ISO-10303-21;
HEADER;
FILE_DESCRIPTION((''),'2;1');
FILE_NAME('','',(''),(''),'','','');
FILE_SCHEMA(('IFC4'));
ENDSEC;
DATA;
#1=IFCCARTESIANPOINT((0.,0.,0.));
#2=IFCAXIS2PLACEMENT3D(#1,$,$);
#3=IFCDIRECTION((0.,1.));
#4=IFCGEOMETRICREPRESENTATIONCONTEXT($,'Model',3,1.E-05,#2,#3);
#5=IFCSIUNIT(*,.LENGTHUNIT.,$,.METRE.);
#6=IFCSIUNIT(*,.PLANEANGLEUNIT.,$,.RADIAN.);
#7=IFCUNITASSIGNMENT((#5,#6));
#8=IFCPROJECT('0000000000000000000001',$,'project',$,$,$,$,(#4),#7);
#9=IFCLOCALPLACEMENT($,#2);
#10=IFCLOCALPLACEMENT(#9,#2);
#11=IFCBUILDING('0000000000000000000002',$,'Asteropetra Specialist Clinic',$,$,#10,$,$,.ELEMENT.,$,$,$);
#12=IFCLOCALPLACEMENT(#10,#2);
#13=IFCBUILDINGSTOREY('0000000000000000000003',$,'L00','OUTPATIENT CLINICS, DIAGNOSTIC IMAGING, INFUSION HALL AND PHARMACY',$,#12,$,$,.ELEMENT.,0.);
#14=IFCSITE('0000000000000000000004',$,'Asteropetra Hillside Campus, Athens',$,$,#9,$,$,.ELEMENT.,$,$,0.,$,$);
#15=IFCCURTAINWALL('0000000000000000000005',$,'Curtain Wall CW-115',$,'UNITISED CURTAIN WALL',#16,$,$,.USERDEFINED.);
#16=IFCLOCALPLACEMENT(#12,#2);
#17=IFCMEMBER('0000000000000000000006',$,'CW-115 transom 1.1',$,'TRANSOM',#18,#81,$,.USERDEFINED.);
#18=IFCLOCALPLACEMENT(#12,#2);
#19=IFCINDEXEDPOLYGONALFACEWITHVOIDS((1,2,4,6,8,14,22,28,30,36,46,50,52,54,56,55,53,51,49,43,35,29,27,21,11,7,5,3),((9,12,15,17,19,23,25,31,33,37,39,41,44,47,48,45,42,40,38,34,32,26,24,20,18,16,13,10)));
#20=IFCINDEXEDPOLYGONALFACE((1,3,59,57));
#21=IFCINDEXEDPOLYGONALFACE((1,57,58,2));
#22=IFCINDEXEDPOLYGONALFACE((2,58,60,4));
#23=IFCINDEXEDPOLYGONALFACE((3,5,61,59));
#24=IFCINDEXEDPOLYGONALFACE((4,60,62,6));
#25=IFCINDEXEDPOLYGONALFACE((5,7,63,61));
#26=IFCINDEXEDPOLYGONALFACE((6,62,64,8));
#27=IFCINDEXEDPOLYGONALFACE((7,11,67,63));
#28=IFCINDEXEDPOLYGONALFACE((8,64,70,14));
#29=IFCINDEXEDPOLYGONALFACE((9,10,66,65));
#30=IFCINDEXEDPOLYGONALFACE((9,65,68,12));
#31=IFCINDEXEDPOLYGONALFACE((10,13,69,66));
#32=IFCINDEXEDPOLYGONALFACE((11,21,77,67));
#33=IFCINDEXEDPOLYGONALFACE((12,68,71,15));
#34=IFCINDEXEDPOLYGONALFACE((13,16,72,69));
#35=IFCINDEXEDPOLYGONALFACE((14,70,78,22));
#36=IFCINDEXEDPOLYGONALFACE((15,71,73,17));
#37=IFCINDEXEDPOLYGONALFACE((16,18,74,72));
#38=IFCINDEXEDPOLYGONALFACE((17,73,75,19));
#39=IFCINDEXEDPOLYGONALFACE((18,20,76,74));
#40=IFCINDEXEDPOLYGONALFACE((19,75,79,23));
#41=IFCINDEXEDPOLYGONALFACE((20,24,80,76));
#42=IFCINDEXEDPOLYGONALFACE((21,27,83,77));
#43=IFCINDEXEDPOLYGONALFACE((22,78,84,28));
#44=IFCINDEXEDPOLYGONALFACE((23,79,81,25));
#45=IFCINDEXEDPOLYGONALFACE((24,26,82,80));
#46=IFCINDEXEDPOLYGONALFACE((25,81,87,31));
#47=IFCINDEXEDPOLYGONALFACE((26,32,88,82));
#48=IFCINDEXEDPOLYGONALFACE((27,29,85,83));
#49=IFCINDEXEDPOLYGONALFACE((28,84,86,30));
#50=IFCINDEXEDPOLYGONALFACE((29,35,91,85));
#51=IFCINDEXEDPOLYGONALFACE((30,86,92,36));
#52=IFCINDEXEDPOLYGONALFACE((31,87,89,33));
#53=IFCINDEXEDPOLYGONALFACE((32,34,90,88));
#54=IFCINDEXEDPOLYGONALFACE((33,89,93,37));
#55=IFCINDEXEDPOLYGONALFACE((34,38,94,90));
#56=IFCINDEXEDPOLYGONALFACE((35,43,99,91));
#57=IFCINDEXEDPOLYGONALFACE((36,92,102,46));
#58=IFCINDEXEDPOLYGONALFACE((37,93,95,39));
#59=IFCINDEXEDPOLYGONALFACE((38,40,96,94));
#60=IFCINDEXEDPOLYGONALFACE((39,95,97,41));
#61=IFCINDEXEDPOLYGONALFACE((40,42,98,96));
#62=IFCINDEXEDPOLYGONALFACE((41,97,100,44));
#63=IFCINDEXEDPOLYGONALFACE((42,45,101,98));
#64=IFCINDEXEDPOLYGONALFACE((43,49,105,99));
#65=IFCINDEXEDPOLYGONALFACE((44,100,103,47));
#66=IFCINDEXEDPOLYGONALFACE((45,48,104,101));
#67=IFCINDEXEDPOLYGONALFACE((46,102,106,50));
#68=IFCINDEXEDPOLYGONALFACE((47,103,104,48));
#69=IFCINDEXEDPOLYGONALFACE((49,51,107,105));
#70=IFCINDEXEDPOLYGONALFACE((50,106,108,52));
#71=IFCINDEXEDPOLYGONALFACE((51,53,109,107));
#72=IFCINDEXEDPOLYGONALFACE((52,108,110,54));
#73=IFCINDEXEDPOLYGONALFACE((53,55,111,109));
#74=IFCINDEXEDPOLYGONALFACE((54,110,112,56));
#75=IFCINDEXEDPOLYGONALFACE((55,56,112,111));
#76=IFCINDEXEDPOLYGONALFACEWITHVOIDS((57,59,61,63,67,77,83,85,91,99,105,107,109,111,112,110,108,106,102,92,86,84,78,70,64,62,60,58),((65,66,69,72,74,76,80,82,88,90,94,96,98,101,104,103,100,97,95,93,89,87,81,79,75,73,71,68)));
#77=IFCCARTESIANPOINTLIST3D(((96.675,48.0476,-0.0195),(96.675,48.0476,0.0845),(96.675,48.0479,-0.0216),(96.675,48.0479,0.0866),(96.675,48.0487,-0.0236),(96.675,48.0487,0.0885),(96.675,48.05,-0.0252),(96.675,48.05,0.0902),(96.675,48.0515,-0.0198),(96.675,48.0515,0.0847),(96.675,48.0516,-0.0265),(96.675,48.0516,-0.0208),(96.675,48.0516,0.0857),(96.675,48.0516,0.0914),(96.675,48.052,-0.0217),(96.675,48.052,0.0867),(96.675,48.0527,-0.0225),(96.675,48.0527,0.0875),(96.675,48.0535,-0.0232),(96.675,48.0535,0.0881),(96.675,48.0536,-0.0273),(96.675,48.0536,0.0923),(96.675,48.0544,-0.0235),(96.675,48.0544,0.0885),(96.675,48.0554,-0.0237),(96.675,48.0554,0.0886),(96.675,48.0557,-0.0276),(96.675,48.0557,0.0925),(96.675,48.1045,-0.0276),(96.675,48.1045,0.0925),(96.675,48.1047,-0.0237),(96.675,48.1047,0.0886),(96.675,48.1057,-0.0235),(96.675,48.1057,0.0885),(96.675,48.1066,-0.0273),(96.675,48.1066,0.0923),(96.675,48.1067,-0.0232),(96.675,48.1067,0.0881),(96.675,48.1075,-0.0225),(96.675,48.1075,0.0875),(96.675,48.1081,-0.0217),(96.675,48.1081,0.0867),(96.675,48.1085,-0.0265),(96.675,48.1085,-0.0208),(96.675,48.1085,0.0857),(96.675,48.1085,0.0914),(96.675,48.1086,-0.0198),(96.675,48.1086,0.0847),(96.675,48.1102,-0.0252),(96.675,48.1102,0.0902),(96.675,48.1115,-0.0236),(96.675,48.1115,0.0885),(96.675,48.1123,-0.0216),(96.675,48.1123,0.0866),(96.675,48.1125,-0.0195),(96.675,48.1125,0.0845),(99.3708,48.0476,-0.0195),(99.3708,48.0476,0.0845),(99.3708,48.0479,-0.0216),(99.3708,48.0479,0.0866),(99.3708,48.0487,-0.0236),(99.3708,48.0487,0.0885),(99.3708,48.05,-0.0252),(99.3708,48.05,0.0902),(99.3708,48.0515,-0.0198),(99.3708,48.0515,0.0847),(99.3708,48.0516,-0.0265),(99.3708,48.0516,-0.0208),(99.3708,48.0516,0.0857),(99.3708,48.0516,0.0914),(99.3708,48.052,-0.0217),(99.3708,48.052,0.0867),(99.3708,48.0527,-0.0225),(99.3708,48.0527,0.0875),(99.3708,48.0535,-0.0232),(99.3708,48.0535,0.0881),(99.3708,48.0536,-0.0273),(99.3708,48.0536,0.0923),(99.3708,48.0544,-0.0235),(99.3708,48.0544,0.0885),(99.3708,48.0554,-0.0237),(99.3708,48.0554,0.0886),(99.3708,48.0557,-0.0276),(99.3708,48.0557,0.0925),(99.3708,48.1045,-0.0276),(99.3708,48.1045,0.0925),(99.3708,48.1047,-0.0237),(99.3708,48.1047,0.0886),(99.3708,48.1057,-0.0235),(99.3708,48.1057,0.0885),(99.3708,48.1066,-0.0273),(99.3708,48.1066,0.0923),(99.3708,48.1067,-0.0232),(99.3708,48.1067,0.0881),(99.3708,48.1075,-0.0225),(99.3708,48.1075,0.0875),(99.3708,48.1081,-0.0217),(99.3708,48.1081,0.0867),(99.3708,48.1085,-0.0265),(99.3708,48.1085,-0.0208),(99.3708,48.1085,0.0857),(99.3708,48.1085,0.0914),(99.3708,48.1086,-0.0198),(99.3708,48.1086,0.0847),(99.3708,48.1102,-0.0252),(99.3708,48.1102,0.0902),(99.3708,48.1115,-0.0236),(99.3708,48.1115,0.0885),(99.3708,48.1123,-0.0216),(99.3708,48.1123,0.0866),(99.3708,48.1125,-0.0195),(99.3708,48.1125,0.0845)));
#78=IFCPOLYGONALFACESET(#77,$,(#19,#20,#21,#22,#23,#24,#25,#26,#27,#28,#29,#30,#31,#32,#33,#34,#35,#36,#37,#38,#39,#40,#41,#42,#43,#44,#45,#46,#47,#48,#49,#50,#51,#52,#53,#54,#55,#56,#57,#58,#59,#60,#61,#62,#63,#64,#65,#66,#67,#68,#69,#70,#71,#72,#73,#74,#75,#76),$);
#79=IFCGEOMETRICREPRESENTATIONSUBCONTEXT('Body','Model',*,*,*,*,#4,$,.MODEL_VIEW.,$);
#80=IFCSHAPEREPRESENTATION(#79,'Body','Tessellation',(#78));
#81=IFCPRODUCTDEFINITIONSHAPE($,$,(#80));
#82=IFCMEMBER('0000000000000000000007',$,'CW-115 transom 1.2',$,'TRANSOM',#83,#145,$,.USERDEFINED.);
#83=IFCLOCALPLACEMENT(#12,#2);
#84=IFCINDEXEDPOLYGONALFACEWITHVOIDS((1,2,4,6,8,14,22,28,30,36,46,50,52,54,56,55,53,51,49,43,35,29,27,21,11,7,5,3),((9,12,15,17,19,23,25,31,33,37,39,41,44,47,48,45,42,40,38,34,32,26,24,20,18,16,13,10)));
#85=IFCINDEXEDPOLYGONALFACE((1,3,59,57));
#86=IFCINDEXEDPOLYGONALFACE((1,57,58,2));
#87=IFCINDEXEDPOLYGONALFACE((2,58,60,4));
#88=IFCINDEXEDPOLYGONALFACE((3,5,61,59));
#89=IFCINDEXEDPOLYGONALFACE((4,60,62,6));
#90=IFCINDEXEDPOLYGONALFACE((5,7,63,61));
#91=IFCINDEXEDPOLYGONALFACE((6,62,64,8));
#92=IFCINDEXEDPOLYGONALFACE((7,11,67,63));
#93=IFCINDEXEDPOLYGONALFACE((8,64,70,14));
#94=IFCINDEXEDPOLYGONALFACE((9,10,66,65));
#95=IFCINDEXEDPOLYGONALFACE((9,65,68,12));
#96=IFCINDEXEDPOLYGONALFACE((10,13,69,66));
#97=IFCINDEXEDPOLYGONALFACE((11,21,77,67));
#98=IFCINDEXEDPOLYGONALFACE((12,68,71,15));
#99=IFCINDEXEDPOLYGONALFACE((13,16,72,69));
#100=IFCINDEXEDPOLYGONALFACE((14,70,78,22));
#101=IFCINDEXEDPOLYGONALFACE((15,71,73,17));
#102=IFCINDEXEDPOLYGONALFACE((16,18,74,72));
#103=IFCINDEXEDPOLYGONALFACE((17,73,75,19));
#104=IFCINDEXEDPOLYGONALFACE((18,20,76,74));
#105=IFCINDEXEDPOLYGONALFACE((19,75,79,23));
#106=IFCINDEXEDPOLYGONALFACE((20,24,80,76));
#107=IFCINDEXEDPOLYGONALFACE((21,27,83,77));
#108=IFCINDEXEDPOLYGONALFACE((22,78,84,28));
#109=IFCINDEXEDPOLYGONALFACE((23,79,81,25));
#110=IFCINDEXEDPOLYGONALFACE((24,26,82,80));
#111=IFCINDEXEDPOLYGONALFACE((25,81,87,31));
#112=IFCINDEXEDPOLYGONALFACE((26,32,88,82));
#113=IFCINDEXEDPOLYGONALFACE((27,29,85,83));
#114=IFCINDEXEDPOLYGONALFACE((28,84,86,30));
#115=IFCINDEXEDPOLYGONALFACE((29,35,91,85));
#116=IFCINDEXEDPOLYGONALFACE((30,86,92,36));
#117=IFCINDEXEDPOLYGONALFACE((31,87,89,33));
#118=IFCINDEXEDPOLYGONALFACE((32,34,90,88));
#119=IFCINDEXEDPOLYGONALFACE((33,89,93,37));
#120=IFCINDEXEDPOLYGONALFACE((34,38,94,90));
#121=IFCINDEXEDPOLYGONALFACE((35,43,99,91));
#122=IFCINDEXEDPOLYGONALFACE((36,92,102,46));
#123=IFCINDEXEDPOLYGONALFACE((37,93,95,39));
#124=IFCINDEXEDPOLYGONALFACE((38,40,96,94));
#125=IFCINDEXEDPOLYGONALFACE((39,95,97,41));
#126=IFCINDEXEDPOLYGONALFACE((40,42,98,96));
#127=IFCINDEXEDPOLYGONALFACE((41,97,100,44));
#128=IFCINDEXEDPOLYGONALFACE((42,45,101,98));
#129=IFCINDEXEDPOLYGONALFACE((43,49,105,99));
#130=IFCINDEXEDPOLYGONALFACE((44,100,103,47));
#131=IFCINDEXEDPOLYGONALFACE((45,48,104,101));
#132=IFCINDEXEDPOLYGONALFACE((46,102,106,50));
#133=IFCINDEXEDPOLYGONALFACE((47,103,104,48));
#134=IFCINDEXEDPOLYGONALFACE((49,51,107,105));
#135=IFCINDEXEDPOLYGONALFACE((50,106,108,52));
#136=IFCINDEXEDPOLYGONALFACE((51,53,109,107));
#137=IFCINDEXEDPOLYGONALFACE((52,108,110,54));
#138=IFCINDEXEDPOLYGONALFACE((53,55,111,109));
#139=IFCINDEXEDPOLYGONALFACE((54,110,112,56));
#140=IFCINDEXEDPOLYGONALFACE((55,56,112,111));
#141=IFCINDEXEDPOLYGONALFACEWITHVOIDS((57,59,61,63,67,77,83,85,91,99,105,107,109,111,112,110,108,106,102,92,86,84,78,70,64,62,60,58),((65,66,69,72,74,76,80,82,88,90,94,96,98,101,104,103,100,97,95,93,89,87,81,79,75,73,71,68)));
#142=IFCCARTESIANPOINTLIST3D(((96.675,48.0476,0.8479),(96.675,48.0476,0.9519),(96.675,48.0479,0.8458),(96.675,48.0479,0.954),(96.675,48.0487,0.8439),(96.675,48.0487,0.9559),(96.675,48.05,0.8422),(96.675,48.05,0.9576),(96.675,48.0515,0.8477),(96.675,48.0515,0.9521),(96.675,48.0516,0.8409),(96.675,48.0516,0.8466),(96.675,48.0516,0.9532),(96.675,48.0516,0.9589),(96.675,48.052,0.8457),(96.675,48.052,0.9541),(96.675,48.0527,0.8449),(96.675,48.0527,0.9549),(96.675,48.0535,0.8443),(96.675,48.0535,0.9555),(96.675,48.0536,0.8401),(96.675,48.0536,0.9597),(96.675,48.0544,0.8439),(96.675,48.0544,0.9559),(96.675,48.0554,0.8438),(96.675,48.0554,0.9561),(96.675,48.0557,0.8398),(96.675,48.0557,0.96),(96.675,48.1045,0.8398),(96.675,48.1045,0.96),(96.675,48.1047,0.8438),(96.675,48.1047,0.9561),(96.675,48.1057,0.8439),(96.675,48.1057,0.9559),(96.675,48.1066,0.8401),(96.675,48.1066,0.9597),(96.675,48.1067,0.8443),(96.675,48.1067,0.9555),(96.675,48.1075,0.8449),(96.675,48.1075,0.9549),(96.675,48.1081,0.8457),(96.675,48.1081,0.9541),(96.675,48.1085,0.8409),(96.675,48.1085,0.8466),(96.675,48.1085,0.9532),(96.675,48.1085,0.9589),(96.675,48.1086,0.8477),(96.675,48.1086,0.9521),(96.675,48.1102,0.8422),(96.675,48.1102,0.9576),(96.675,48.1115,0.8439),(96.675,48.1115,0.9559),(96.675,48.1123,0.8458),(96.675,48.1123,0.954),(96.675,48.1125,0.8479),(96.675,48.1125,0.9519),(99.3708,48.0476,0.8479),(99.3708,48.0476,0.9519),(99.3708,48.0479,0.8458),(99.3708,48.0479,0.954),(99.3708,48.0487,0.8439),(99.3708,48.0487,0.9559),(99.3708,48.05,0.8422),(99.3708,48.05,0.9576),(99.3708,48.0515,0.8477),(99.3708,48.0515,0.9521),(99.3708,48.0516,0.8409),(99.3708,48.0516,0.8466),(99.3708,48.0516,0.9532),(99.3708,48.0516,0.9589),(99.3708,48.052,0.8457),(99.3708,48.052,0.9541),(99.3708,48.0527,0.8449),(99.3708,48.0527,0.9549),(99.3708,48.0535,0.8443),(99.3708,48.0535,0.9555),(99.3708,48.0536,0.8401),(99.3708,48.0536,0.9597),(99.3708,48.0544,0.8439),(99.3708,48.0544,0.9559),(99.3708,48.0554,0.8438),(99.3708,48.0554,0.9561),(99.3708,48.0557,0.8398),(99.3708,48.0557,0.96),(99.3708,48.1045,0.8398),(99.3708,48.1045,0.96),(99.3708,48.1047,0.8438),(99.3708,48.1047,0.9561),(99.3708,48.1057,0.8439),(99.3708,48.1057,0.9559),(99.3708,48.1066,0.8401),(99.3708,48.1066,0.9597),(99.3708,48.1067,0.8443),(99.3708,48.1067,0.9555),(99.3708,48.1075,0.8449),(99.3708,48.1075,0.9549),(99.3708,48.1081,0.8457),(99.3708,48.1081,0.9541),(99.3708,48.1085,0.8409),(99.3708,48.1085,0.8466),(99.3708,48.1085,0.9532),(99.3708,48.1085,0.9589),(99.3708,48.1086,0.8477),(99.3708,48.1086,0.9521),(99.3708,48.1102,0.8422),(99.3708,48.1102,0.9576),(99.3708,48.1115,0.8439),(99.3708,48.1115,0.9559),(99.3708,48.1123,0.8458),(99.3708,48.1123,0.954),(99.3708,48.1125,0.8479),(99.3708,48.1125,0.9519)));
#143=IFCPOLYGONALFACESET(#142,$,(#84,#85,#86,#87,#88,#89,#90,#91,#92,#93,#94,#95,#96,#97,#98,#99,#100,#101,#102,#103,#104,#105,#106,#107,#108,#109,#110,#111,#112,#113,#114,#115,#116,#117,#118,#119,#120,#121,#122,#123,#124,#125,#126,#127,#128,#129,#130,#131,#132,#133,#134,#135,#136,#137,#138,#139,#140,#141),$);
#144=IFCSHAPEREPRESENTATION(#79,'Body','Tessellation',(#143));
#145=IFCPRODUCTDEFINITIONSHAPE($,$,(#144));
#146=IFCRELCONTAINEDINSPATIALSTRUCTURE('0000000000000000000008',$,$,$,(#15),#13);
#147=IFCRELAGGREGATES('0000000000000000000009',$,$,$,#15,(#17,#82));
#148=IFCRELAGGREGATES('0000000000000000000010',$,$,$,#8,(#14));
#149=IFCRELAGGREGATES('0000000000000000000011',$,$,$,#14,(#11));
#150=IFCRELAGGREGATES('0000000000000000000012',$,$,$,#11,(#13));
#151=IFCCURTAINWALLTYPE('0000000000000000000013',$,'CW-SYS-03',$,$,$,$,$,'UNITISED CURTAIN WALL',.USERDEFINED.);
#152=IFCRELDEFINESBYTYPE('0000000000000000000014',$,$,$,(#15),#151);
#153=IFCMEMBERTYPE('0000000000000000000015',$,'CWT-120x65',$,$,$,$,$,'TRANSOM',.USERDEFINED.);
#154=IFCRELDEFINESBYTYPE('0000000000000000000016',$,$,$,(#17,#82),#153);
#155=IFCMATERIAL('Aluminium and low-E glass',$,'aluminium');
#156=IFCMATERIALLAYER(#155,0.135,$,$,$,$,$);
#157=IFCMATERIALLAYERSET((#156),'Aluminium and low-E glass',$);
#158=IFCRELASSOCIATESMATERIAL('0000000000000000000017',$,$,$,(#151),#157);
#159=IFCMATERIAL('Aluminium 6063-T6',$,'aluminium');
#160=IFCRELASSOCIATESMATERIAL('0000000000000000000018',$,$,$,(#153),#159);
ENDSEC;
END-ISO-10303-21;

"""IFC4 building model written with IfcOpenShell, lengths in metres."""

from ifc_helpers import new_model, si_unit, direction, frame, origin, origin_2d, place, context, subcontext, project, spatial, hollow_rectangle, extrude, material, layer, layer_set, material_profile, profile_set, type_object, element, aggregate, save


model = new_model("IFC4")

# Units and contexts
model_context = context("Model", 3, precision=1e-05, world=origin(), true_north=direction((0.0, 1.0)))
body_context = subcontext(model_context, "Body", "Model", "MODEL_VIEW")
ifc_project = project(units=[si_unit("LENGTHUNIT", "METRE"), si_unit("PLANEANGLEUNIT", "RADIAN")], contexts=[model_context])

# Site, building, storey
site_placement = place(None, origin())
site = spatial("IfcSite", under=ifc_project, at=site_placement, Name="Asteropetra Hillside Campus, Athens", CompositionType="ELEMENT", RefElevation=0.0)
building_placement = place(site_placement, origin())
building = spatial("IfcBuilding", under=site, at=building_placement, Name="Asteropetra Specialist Clinic", CompositionType="ELEMENT")
storey_placement = place(building_placement, origin())
storey = spatial("IfcBuildingStorey", under=building, at=storey_placement, Name="L00", Description="OUTPATIENT CLINICS, DIAGNOSTIC IMAGING, INFUSION HALL AND PHARMACY", CompositionType="ELEMENT", Elevation=0.0)

# Curtain wall, members
ifc_material_1 = material(Name="Aluminium and low-E glass", Category="aluminium")
ifc_layer_1 = layer(ifc_material_1, 0.135)
ifc_layer_set_1 = layer_set([ifc_layer_1], Name="Aluminium and low-E glass")
curtain_wall_type_1 = type_object("IfcCurtainWallType", Name="CW-SYS-03", ElementType="UNITISED CURTAIN WALL", PredefinedType="USERDEFINED", material=ifc_layer_set_1)
curtain_wall_1_placement = place(storey_placement, origin())
curtain_wall_1 = element("IfcCurtainWall", 1, at=curtain_wall_1_placement, inside=storey, type_object=curtain_wall_type_1, Name="Curtain Wall CW-115", ObjectType="UNITISED CURTAIN WALL", PredefinedType="USERDEFINED")
ifc_material_2 = material(Name="Aluminium 6063-T6", Category="aluminium")
ifc_material_profile_1 = material_profile(ifc_material_2, hollow_rectangle(XDim=0.0649, YDim=0.1201, WallThickness=0.0039, InnerFilletRadius=0.0039, OuterFilletRadius=0.0081, at=origin_2d()), Name="TRN 120x65x4.0")
ifc_profile_set_1 = profile_set([ifc_material_profile_1], Name="Aluminium 6063-T6")
member_type_1 = type_object("IfcMemberType", Name="CWT-120x65", ElementType="TRANSOM", PredefinedType="USERDEFINED", material=ifc_profile_set_1)
member_1_placement = place(storey_placement, frame((96.675, 48.0801, 0.0325), z_axis=(1.0, 0.0, 0.0), x_axis=(0.0, 1.0, 0.0)))
member_1 = element("IfcMember", 2, at=member_1_placement, type_object=member_type_1, Name="CW-115 transom 1.1", ObjectType="TRANSOM", PredefinedType="USERDEFINED", context=body_context, shape_type="SweptSolid", body=[
    extrude(hollow_rectangle(XDim=0.0649, YDim=0.1201, WallThickness=0.0039, InnerFilletRadius=0.0039, OuterFilletRadius=0.0081, at=origin_2d()), origin(), (0.0, 0.0, 1.0), 2.6958),
])
member_2_placement = place(storey_placement, frame((96.675, 48.0801, 0.8999), z_axis=(1.0, 0.0, 0.0), x_axis=(0.0, 1.0, 0.0)))
member_2 = element("IfcMember", 3, at=member_2_placement, type_object=member_type_1, Name="CW-115 transom 1.2", ObjectType="TRANSOM", PredefinedType="USERDEFINED", context=body_context, shape_type="SweptSolid", body=[
    extrude(hollow_rectangle(XDim=0.0649, YDim=0.1201, WallThickness=0.0039, InnerFilletRadius=0.0039, OuterFilletRadius=0.0081, at=origin_2d()), origin(), (0.0, 0.0, 1.0), 2.6958),
])
aggregate(curtain_wall_1, [member_1, member_2])

save(model, "model.ifc")
